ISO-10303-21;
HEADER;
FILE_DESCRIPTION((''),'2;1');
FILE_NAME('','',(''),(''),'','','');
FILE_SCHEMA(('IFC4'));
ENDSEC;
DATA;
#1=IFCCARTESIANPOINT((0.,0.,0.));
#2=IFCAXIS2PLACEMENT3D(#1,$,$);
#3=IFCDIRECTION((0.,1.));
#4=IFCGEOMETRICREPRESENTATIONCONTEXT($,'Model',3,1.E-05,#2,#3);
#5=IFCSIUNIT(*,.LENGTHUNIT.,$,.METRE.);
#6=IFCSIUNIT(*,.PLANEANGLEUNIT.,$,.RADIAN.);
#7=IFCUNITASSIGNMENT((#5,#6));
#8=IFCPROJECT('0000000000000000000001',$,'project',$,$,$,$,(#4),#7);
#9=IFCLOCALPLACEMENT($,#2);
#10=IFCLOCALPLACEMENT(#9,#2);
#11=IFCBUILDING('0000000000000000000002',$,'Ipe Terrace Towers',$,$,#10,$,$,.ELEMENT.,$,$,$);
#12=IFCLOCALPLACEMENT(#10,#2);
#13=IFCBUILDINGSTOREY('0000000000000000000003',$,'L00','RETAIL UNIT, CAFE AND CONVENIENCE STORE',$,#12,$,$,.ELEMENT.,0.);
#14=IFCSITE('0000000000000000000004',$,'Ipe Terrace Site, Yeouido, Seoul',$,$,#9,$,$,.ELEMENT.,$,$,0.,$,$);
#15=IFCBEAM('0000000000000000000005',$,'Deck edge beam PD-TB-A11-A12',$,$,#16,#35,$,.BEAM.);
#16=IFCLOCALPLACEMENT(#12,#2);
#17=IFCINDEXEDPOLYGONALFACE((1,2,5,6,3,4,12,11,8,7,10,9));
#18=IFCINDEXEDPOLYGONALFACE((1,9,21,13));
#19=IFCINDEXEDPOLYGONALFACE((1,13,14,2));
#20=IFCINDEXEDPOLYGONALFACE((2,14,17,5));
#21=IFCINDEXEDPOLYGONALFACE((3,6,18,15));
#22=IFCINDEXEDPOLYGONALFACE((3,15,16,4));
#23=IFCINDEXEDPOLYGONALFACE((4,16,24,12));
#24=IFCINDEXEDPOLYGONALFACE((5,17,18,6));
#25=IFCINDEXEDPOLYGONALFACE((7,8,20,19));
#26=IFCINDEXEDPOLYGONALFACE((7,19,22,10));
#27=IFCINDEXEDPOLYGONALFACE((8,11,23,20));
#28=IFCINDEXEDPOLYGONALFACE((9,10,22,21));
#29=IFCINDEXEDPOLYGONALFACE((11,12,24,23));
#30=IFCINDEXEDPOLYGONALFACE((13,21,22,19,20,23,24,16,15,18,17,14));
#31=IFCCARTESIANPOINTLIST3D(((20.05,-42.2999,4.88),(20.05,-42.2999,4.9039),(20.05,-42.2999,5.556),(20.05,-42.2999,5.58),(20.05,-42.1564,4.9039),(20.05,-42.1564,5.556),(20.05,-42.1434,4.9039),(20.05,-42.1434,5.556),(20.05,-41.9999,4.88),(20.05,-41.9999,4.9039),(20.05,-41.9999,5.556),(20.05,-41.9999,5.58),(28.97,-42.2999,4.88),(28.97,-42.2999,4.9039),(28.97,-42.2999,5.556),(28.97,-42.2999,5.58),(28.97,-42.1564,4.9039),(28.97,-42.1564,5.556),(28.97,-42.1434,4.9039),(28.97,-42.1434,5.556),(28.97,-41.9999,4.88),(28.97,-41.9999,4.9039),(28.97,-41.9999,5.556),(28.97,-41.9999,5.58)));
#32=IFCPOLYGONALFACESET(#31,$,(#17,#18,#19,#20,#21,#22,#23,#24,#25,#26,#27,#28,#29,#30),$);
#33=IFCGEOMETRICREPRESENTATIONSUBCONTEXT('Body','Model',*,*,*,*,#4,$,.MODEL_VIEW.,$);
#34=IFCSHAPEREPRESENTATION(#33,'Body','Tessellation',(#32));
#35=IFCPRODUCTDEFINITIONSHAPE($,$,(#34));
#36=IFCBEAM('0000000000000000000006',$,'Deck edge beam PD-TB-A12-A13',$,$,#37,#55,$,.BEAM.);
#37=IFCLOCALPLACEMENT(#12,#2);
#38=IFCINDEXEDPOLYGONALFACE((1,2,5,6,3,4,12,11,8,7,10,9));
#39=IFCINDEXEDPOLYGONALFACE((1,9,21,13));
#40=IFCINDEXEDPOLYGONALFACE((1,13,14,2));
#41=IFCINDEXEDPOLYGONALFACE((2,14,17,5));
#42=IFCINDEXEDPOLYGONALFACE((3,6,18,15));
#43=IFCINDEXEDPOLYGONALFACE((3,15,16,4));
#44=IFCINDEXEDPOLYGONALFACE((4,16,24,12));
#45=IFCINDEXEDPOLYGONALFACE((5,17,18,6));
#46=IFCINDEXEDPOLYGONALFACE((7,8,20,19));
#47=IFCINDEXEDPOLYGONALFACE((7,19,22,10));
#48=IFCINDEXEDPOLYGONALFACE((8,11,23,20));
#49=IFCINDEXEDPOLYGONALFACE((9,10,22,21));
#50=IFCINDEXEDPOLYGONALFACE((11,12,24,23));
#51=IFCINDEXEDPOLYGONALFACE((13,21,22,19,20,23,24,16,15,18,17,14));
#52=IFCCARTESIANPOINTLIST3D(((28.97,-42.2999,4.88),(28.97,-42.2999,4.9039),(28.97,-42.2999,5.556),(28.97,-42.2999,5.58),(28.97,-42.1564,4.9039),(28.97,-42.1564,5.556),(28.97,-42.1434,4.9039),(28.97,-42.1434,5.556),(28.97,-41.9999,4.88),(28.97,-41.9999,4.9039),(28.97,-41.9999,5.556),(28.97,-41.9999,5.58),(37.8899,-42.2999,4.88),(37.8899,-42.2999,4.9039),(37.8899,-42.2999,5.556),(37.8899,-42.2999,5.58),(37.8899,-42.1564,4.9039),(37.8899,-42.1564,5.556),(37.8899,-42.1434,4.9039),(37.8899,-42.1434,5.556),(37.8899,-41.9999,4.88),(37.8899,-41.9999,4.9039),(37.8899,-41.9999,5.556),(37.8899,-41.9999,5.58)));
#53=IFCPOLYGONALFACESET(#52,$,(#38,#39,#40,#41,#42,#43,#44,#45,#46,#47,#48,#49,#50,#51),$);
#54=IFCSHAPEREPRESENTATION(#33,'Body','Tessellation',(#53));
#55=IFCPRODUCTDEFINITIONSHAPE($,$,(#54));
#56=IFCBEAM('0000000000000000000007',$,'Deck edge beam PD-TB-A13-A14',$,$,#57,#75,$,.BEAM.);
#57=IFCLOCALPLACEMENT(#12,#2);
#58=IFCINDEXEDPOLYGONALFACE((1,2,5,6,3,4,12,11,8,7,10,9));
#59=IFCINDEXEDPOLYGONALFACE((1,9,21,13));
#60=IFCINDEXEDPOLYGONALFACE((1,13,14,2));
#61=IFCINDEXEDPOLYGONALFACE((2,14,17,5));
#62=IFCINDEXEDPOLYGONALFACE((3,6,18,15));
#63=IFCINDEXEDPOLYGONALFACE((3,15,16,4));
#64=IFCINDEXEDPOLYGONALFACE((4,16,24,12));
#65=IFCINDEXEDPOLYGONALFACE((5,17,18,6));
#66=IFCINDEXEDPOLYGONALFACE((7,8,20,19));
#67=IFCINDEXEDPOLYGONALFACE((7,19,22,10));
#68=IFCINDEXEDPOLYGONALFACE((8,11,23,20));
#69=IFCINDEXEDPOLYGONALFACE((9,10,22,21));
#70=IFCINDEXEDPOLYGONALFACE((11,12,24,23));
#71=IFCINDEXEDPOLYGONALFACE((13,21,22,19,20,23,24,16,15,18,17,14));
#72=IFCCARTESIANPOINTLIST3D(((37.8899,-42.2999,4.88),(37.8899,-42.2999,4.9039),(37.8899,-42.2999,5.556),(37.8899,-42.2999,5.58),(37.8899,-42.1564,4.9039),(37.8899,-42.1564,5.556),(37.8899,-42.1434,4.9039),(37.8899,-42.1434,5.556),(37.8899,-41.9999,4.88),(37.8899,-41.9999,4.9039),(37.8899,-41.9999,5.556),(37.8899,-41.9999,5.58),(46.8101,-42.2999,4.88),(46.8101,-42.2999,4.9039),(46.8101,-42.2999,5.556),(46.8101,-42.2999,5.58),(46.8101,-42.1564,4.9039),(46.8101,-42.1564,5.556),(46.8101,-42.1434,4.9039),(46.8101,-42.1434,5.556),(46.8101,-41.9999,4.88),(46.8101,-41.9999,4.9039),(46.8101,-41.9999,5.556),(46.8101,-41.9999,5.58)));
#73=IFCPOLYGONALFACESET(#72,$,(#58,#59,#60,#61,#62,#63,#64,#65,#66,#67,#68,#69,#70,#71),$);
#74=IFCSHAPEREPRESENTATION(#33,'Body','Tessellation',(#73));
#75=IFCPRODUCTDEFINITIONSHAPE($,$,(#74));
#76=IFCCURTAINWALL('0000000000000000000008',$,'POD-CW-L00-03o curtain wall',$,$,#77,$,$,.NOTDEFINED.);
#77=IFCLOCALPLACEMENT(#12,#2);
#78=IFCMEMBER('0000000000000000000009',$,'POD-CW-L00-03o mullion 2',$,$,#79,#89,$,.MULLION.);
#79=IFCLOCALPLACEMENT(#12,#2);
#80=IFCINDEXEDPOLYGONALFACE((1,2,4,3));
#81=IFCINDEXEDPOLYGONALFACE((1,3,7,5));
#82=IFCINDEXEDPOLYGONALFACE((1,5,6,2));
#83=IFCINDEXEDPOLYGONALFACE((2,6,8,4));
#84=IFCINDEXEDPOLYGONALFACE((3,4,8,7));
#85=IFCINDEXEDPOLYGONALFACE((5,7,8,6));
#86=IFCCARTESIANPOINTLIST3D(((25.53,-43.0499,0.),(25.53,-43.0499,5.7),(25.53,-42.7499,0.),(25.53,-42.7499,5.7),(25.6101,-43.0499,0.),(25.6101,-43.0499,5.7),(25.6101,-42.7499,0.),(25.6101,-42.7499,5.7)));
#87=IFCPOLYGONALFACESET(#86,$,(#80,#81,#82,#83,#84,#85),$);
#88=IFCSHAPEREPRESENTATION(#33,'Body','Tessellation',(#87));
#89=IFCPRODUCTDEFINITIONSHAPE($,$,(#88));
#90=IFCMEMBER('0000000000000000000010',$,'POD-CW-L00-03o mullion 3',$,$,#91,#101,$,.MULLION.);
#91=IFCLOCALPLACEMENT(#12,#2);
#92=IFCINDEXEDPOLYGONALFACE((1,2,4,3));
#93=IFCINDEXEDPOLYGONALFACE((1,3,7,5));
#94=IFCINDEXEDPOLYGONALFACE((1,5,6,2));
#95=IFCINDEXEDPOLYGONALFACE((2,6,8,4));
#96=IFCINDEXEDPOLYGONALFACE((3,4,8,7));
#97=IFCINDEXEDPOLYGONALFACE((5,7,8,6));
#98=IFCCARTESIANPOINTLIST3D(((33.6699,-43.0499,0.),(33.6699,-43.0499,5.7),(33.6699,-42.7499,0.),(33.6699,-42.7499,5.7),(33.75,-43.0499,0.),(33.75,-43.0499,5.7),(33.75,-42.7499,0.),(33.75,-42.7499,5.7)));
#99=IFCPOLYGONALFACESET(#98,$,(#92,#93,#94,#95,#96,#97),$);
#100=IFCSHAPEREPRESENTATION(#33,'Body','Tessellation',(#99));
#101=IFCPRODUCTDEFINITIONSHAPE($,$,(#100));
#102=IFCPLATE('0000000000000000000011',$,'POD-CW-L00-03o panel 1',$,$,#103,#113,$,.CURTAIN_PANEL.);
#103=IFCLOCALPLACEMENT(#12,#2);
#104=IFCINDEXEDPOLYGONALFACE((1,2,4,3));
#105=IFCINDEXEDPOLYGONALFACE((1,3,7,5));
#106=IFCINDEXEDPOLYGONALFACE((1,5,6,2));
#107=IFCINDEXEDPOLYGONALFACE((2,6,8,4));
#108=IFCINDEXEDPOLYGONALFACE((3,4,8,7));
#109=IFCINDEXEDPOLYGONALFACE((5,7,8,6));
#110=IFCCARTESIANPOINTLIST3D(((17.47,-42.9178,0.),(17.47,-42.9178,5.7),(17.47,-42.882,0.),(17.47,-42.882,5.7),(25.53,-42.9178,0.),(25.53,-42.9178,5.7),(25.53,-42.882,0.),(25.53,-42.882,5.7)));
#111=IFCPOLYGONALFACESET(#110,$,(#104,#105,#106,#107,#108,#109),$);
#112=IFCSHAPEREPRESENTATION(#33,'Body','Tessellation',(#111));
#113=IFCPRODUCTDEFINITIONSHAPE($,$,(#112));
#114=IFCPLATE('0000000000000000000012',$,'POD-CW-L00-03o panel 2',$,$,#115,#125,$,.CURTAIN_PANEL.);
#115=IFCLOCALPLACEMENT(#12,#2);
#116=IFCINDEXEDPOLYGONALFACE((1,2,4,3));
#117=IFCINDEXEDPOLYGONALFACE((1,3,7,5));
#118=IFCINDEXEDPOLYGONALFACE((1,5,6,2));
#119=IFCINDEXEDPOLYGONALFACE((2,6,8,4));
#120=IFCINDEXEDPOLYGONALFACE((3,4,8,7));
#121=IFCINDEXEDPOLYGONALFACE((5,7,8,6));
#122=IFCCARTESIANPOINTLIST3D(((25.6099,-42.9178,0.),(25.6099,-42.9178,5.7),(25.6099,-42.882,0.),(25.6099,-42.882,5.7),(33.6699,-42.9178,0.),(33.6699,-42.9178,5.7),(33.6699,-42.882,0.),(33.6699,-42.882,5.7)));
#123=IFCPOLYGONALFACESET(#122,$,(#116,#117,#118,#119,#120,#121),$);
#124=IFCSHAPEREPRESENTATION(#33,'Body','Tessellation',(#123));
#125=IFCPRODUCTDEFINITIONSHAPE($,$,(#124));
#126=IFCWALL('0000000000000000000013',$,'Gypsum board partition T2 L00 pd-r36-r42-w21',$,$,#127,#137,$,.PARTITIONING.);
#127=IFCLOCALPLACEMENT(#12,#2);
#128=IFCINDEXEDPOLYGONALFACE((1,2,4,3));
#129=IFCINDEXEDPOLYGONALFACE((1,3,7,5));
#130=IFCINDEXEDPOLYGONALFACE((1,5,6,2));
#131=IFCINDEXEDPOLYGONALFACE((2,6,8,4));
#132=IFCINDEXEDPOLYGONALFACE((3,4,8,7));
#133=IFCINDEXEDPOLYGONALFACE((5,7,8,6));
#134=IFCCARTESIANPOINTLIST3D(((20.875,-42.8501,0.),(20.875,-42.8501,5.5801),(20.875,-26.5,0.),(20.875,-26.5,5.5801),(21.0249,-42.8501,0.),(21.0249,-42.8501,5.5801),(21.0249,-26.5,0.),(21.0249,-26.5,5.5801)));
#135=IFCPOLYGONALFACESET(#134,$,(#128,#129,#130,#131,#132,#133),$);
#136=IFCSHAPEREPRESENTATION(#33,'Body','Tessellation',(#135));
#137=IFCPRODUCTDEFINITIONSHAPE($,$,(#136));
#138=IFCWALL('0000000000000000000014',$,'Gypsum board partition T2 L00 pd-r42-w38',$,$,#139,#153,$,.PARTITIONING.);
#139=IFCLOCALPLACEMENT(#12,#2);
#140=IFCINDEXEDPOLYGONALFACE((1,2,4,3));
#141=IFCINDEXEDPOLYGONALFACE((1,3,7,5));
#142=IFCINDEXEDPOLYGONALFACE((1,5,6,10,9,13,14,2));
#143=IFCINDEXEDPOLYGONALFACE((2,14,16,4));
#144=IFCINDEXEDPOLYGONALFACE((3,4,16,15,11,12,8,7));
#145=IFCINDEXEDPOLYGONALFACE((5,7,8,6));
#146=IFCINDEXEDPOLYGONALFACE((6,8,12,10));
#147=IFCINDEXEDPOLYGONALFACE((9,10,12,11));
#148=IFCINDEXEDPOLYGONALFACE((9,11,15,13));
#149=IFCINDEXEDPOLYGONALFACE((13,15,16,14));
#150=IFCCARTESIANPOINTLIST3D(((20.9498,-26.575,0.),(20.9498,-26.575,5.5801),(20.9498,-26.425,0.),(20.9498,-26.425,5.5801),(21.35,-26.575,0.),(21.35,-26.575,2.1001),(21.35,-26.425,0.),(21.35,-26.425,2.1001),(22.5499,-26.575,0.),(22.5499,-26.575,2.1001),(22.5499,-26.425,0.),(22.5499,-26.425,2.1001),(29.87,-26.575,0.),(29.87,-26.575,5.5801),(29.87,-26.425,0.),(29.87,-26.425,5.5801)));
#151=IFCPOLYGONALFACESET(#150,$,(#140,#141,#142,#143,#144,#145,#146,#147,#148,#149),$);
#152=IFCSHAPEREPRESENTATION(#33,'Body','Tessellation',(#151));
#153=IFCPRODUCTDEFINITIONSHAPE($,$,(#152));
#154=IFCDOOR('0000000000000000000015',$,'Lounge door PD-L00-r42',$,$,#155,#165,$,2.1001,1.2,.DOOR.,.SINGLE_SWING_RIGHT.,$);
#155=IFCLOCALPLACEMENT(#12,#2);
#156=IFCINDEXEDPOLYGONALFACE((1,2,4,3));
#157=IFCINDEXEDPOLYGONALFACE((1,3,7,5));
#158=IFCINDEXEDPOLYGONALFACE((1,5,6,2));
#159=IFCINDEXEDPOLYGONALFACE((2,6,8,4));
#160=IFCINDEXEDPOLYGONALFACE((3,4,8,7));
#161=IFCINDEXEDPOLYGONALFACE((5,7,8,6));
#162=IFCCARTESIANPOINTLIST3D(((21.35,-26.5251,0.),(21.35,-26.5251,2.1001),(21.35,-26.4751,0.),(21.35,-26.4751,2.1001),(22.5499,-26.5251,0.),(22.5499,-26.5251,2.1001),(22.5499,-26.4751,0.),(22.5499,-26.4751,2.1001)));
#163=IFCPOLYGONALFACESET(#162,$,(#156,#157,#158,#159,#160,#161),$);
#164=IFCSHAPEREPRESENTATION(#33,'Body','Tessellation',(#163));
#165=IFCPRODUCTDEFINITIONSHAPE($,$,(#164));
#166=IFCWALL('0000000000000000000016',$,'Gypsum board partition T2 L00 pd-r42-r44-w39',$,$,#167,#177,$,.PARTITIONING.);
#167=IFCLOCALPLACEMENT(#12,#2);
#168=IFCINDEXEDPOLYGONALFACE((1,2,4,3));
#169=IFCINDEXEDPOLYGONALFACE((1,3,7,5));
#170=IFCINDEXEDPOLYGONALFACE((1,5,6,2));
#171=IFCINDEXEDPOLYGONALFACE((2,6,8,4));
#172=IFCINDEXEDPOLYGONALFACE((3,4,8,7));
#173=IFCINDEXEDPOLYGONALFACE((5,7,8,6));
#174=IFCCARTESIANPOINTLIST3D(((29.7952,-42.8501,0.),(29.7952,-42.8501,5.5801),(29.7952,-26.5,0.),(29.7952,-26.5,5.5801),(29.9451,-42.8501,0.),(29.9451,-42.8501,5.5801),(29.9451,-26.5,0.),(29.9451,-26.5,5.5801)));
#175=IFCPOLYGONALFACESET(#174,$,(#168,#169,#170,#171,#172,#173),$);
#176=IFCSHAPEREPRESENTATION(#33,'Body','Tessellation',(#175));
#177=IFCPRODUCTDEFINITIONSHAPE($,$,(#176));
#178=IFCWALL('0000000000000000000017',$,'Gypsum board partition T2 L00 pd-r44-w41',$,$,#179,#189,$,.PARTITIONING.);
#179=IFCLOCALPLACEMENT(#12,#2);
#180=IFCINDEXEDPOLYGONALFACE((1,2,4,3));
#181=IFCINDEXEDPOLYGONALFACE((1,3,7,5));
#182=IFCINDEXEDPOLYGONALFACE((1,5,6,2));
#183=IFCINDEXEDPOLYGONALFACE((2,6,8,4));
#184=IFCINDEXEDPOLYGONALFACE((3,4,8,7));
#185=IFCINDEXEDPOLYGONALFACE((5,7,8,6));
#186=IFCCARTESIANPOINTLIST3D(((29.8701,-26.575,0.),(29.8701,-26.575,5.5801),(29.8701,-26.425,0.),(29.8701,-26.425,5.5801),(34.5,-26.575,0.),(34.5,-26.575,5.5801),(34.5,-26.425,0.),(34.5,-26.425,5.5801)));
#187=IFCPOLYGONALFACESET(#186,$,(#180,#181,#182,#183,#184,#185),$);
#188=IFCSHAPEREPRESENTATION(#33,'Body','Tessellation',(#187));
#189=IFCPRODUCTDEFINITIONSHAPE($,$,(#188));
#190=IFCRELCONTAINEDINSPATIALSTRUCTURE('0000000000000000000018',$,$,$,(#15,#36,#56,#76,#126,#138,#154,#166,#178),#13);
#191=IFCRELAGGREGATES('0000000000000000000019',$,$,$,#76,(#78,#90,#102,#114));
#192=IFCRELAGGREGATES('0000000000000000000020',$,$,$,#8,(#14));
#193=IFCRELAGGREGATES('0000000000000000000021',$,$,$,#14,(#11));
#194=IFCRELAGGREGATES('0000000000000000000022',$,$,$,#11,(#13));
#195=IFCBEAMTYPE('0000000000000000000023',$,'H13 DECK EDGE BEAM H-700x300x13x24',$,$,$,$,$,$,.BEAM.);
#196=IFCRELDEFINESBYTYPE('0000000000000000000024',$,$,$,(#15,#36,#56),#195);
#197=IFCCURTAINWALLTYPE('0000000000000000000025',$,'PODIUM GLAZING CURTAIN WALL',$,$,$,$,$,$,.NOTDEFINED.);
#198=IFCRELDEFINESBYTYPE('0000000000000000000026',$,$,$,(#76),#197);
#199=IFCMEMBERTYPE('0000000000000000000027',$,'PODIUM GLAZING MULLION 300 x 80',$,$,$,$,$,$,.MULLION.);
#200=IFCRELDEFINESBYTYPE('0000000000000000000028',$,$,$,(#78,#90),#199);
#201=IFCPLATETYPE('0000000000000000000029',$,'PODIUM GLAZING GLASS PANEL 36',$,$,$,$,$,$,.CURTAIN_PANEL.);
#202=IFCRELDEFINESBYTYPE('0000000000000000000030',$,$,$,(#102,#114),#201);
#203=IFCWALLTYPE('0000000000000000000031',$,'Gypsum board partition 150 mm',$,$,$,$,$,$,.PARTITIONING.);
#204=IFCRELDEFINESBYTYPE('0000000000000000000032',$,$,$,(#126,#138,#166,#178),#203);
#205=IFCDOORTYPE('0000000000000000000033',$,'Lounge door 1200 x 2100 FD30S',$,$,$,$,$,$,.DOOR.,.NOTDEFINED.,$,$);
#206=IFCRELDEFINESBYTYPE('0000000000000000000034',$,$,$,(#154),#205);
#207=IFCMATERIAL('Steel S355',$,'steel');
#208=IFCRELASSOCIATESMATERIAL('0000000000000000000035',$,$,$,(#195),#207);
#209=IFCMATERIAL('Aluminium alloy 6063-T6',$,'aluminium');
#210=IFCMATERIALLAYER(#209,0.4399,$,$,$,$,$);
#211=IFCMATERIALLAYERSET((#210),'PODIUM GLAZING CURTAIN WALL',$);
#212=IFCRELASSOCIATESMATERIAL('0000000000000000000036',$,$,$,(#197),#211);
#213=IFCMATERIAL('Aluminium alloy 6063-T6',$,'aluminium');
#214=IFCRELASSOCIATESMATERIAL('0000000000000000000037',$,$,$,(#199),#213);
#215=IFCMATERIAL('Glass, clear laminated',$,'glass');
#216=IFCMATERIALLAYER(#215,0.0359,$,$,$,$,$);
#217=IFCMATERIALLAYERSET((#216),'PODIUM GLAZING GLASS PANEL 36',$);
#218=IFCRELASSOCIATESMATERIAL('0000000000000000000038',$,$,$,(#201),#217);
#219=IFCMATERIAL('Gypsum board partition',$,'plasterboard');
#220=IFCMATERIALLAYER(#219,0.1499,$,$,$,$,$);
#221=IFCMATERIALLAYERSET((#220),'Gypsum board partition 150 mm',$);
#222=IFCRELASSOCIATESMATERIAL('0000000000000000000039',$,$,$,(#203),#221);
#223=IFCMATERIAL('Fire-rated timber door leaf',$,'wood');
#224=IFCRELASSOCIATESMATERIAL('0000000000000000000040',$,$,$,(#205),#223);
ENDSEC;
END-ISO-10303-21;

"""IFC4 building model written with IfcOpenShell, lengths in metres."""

from ifc_helpers import new_model, si_unit, direction, frame, frame_2d, origin, origin_2d, place, context, subcontext, project, spatial, rectangle, i_section, extrude, material, layer, layer_set, material_profile, profile_set, type_object, element, fill, aggregate, save


model = new_model("IFC4")

# Units and contexts
model_context = context("Model", 3, precision=1e-05, world=origin(), true_north=direction((0.0, 1.0)))
body_context = subcontext(model_context, "Body", "Model", "MODEL_VIEW")
ifc_project = project(units=[si_unit("LENGTHUNIT", "METRE"), si_unit("PLANEANGLEUNIT", "RADIAN")], contexts=[model_context])

# Site, building, storey
site_placement = place(None, origin())
site = spatial("IfcSite", under=ifc_project, at=site_placement, Name="Ipe Terrace Site, Yeouido, Seoul", CompositionType="ELEMENT", RefElevation=0.0)
building_placement = place(site_placement, origin())
building = spatial("IfcBuilding", under=site, at=building_placement, Name="Ipe Terrace Towers", CompositionType="ELEMENT")
storey_placement = place(building_placement, origin())
storey = spatial("IfcBuildingStorey", under=building, at=storey_placement, Name="L00", Description="RETAIL UNIT, CAFE AND CONVENIENCE STORE", CompositionType="ELEMENT", Elevation=0.0)

# Beams
ifc_material_1 = material(Name="Steel S355", Category="steel")
ifc_material_profile_1 = material_profile(ifc_material_1, i_section(OverallWidth=0.3, OverallDepth=0.7, WebThickness=0.0129, FlangeThickness=0.0239, at=origin_2d()), Name="H-700x300x13x24")
ifc_profile_set_1 = profile_set([ifc_material_profile_1], Name="Steel S355")
beam_type = type_object("IfcBeamType", Name="H13 DECK EDGE BEAM H-700x300x13x24", PredefinedType="BEAM", material=ifc_profile_set_1)
for number, where, z_axis, x_axis, name in (
    (1, (20.05, -42.1499, 5.23), (1.0, 0.0, 0.0), (0.0, 1.0, 0.0), "Deck edge beam PD-TB-A11-A12"),
    (2, (28.97, -42.1499, 5.23), (1.0, 0.0, 0.0), (0.0, 1.0, 0.0), "Deck edge beam PD-TB-A12-A13"),
):
    element("IfcBeam", number, at=place(storey_placement, frame(where, z_axis=z_axis, x_axis=x_axis)), inside=storey, type_object=beam_type, Name=name, PredefinedType="BEAM", context=body_context, shape_type="SweptSolid", body=[
        extrude(i_section(OverallWidth=0.3, OverallDepth=0.7, WebThickness=0.0129, FlangeThickness=0.0239, at=origin_2d()), origin(), (0.0, 0.0, 1.0), 8.9199),
    ])
beam_placement = place(storey_placement, frame((37.8899, -42.1499, 5.23), z_axis=(1.0, 0.0, 0.0), x_axis=(0.0, 1.0, 0.0)))
element("IfcBeam", 3, at=beam_placement, inside=storey, type_object=beam_type, Name="Deck edge beam PD-TB-A13-A14", PredefinedType="BEAM", context=body_context, shape_type="SweptSolid", body=[
    extrude(i_section(OverallWidth=0.3, OverallDepth=0.7, WebThickness=0.0129, FlangeThickness=0.0239, at=origin_2d()), origin(), (0.0, 0.0, 1.0), 8.9202),
])

# Curtain wall, members, plates
ifc_material_2 = material(Name="Aluminium alloy 6063-T6", Category="aluminium")
ifc_layer_1 = layer(ifc_material_2, 0.4399)
ifc_layer_set_1 = layer_set([ifc_layer_1], Name="PODIUM GLAZING CURTAIN WALL")
curtain_wall_type = type_object("IfcCurtainWallType", Name="PODIUM GLAZING CURTAIN WALL", PredefinedType="NOTDEFINED", material=ifc_layer_set_1)
curtain_wall_placement = place(storey_placement, origin())
curtain_wall = element("IfcCurtainWall", 4, at=curtain_wall_placement, inside=storey, type_object=curtain_wall_type, Name="POD-CW-L00-03o curtain wall", PredefinedType="NOTDEFINED")
ifc_material_3 = material(Name="Aluminium alloy 6063-T6", Category="aluminium")
ifc_material_profile_2 = material_profile(ifc_material_3, rectangle(XDim=0.3, YDim=0.0801, at=origin_2d()), Name="PODIUM GLAZING MULLION 300 x 80")
ifc_profile_set_2 = profile_set([ifc_material_profile_2], Name="Aluminium alloy 6063-T6")
member_type = type_object("IfcMemberType", Name="PODIUM GLAZING MULLION 300 x 80", PredefinedType="MULLION", material=ifc_profile_set_2)
member_1_placement = place(storey_placement, frame((25.5701, -42.8999, 0.0), z_axis=(0.0, 0.0, 1.0), x_axis=(0.0, -1.0, 0.0)))
member_1 = element("IfcMember", 5, at=member_1_placement, type_object=member_type, Name="POD-CW-L00-03o mullion 2", PredefinedType="MULLION", context=body_context, shape_type="SweptSolid", body=[
    extrude(rectangle(XDim=0.3, YDim=0.0801, at=origin_2d()), origin(), (0.0, 0.0, 1.0), 5.7),
])
member_2_placement = place(storey_placement, frame((33.71, -42.8999, 0.0), z_axis=(0.0, 0.0, 1.0), x_axis=(0.0, -1.0, 0.0)))
member_2 = element("IfcMember", 6, at=member_2_placement, type_object=member_type, Name="POD-CW-L00-03o mullion 3", PredefinedType="MULLION", context=body_context, shape_type="SweptSolid", body=[
    extrude(rectangle(XDim=0.3, YDim=0.0801, at=origin_2d()), origin(), (0.0, 0.0, 1.0), 5.7),
])
ifc_material_4 = material(Name="Glass, clear laminated", Category="glass")
ifc_layer_2 = layer(ifc_material_4, 0.0359)
ifc_layer_set_2 = layer_set([ifc_layer_2], Name="PODIUM GLAZING GLASS PANEL 36")
plate_type = type_object("IfcPlateType", Name="PODIUM GLAZING GLASS PANEL 36", PredefinedType="CURTAIN_PANEL", material=ifc_layer_set_2)
plate_1_placement = place(storey_placement, frame((21.5, -42.8999, 0.0), z_axis=(0.0, 0.0, 1.0), x_axis=(1.0, 0.0, 0.0)))
plate_1 = element("IfcPlate", 7, at=plate_1_placement, type_object=plate_type, Name="POD-CW-L00-03o panel 1", PredefinedType="CURTAIN_PANEL", context=body_context, shape_type="SweptSolid", body=[
    extrude(rectangle(XDim=8.0601, YDim=0.0359, at=origin_2d()), origin(), (0.0, 0.0, 1.0), 5.7),
])
plate_2_placement = place(storey_placement, frame((29.6399, -42.8999, 0.0), z_axis=(0.0, 0.0, 1.0), x_axis=(1.0, 0.0, 0.0)))
plate_2 = element("IfcPlate", 8, at=plate_2_placement, type_object=plate_type, Name="POD-CW-L00-03o panel 2", PredefinedType="CURTAIN_PANEL", context=body_context, shape_type="SweptSolid", body=[
    extrude(rectangle(XDim=8.0601, YDim=0.0359, at=origin_2d()), origin(), (0.0, 0.0, 1.0), 5.7),
])
aggregate(curtain_wall, [member_1, member_2, plate_1, plate_2])

# Wall
ifc_material_5 = material(Name="Gypsum board partition", Category="plasterboard")
ifc_layer_3 = layer(ifc_material_5, 0.1499)
ifc_layer_set_3 = layer_set([ifc_layer_3], Name="Gypsum board partition 150 mm")
wall_type_1 = type_object("IfcWallType", Name="Gypsum board partition 150 mm", PredefinedType="PARTITIONING", material=ifc_layer_set_3)
wall_1_placement = place(storey_placement, frame((20.95, -26.5, 0.0), z_axis=(0.0, 0.0, 1.0), x_axis=(0.0, -1.0, 0.0)))
element("IfcWall", 9, at=wall_1_placement, inside=storey, type_object=wall_type_1, Name="Gypsum board partition T2 L00 pd-r36-r42-w21", PredefinedType="PARTITIONING", context=body_context, shape_type="SweptSolid", body=[
    extrude(rectangle(XDim=16.3501, YDim=0.1499, at=frame_2d((8.175, 0.0))), origin(), (0.0, 0.0, 1.0), 5.5801),
])

# Wall, opening, door
wall_2_placement = place(storey_placement, frame((20.95, -26.5, 0.0), z_axis=(0.0, 0.0, 1.0), x_axis=(1.0, 0.0, 0.0)))
wall_2 = element("IfcWall", 10, at=wall_2_placement, inside=storey, type_object=wall_type_1, Name="Gypsum board partition T2 L00 pd-r42-w38", PredefinedType="PARTITIONING", context=body_context, shape_type="SweptSolid", body=[
    extrude(rectangle(XDim=8.9202, YDim=0.1499, at=frame_2d((4.46, 0.0))), origin(), (0.0, 0.0, 1.0), 5.5801),
])
opening_1_placement = place(wall_2_placement, frame((0.3999, 0.0, 0.0)))
opening_1 = element("IfcOpeningElement", 11, at=opening_1_placement, cuts=wall_2, PredefinedType="OPENING", context=body_context, shape_type="SweptSolid", body=[
    extrude(rectangle(XDim=1.2, YDim=2.1001, at=frame_2d((0.6001, 1.05))), frame((0.0, 0.085, 0.0), z_axis=(0.0, -1.0, 0.0), x_axis=(1.0, 0.0, 0.0)), (0.0, 0.0, 1.0), 0.1699),
])
ifc_material_6 = material(Name="Fire-rated timber door leaf", Category="wood")
door_type_1 = type_object("IfcDoorType", Name="Lounge door 1200 x 2100 FD30S", OperationType="NOTDEFINED", PredefinedType="DOOR", material=ifc_material_6)
door_1_placement = place(opening_1_placement, origin())
door_1 = element("IfcDoor", 12, at=door_1_placement, inside=storey, type_object=door_type_1, Name="Lounge door PD-L00-r42", OperationType="SINGLE_SWING_RIGHT", OverallHeight=2.1001, OverallWidth=1.2, PredefinedType="DOOR", context=body_context, shape_type="SweptSolid", body=[
    extrude(rectangle(XDim=1.2, YDim=2.1001, at=frame_2d((0.6001, 1.05))), frame((0.0, 0.0249, 0.0), z_axis=(0.0, -1.0, 0.0), x_axis=(1.0, 0.0, 0.0)), (0.0, 0.0, 1.0), 0.05),
])
fill(opening_1, door_1)

# Walls
wall_3_placement = place(storey_placement, frame((29.8701, -26.5, 0.0), z_axis=(0.0, 0.0, 1.0), x_axis=(0.0, -1.0, 0.0)))
element("IfcWall", 13, at=wall_3_placement, inside=storey, type_object=wall_type_1, Name="Gypsum board partition T2 L00 pd-r42-r44-w39", PredefinedType="PARTITIONING", context=body_context, shape_type="SweptSolid", body=[
    extrude(rectangle(XDim=16.3501, YDim=0.1499, at=frame_2d((8.175, 0.0))), origin(), (0.0, 0.0, 1.0), 5.5801),
])
wall_4_placement = place(storey_placement, frame((29.8701, -26.5, 0.0), z_axis=(0.0, 0.0, 1.0), x_axis=(1.0, 0.0, 0.0)))
element("IfcWall", 14, at=wall_4_placement, inside=storey, type_object=wall_type_1, Name="Gypsum board partition T2 L00 pd-r44-w41", PredefinedType="PARTITIONING", context=body_context, shape_type="SweptSolid", body=[
    extrude(rectangle(XDim=4.6299, YDim=0.1499, at=frame_2d((2.3149, 0.0))), origin(), (0.0, 0.0, 1.0), 5.5801),
])

save(model, "model.ifc")
